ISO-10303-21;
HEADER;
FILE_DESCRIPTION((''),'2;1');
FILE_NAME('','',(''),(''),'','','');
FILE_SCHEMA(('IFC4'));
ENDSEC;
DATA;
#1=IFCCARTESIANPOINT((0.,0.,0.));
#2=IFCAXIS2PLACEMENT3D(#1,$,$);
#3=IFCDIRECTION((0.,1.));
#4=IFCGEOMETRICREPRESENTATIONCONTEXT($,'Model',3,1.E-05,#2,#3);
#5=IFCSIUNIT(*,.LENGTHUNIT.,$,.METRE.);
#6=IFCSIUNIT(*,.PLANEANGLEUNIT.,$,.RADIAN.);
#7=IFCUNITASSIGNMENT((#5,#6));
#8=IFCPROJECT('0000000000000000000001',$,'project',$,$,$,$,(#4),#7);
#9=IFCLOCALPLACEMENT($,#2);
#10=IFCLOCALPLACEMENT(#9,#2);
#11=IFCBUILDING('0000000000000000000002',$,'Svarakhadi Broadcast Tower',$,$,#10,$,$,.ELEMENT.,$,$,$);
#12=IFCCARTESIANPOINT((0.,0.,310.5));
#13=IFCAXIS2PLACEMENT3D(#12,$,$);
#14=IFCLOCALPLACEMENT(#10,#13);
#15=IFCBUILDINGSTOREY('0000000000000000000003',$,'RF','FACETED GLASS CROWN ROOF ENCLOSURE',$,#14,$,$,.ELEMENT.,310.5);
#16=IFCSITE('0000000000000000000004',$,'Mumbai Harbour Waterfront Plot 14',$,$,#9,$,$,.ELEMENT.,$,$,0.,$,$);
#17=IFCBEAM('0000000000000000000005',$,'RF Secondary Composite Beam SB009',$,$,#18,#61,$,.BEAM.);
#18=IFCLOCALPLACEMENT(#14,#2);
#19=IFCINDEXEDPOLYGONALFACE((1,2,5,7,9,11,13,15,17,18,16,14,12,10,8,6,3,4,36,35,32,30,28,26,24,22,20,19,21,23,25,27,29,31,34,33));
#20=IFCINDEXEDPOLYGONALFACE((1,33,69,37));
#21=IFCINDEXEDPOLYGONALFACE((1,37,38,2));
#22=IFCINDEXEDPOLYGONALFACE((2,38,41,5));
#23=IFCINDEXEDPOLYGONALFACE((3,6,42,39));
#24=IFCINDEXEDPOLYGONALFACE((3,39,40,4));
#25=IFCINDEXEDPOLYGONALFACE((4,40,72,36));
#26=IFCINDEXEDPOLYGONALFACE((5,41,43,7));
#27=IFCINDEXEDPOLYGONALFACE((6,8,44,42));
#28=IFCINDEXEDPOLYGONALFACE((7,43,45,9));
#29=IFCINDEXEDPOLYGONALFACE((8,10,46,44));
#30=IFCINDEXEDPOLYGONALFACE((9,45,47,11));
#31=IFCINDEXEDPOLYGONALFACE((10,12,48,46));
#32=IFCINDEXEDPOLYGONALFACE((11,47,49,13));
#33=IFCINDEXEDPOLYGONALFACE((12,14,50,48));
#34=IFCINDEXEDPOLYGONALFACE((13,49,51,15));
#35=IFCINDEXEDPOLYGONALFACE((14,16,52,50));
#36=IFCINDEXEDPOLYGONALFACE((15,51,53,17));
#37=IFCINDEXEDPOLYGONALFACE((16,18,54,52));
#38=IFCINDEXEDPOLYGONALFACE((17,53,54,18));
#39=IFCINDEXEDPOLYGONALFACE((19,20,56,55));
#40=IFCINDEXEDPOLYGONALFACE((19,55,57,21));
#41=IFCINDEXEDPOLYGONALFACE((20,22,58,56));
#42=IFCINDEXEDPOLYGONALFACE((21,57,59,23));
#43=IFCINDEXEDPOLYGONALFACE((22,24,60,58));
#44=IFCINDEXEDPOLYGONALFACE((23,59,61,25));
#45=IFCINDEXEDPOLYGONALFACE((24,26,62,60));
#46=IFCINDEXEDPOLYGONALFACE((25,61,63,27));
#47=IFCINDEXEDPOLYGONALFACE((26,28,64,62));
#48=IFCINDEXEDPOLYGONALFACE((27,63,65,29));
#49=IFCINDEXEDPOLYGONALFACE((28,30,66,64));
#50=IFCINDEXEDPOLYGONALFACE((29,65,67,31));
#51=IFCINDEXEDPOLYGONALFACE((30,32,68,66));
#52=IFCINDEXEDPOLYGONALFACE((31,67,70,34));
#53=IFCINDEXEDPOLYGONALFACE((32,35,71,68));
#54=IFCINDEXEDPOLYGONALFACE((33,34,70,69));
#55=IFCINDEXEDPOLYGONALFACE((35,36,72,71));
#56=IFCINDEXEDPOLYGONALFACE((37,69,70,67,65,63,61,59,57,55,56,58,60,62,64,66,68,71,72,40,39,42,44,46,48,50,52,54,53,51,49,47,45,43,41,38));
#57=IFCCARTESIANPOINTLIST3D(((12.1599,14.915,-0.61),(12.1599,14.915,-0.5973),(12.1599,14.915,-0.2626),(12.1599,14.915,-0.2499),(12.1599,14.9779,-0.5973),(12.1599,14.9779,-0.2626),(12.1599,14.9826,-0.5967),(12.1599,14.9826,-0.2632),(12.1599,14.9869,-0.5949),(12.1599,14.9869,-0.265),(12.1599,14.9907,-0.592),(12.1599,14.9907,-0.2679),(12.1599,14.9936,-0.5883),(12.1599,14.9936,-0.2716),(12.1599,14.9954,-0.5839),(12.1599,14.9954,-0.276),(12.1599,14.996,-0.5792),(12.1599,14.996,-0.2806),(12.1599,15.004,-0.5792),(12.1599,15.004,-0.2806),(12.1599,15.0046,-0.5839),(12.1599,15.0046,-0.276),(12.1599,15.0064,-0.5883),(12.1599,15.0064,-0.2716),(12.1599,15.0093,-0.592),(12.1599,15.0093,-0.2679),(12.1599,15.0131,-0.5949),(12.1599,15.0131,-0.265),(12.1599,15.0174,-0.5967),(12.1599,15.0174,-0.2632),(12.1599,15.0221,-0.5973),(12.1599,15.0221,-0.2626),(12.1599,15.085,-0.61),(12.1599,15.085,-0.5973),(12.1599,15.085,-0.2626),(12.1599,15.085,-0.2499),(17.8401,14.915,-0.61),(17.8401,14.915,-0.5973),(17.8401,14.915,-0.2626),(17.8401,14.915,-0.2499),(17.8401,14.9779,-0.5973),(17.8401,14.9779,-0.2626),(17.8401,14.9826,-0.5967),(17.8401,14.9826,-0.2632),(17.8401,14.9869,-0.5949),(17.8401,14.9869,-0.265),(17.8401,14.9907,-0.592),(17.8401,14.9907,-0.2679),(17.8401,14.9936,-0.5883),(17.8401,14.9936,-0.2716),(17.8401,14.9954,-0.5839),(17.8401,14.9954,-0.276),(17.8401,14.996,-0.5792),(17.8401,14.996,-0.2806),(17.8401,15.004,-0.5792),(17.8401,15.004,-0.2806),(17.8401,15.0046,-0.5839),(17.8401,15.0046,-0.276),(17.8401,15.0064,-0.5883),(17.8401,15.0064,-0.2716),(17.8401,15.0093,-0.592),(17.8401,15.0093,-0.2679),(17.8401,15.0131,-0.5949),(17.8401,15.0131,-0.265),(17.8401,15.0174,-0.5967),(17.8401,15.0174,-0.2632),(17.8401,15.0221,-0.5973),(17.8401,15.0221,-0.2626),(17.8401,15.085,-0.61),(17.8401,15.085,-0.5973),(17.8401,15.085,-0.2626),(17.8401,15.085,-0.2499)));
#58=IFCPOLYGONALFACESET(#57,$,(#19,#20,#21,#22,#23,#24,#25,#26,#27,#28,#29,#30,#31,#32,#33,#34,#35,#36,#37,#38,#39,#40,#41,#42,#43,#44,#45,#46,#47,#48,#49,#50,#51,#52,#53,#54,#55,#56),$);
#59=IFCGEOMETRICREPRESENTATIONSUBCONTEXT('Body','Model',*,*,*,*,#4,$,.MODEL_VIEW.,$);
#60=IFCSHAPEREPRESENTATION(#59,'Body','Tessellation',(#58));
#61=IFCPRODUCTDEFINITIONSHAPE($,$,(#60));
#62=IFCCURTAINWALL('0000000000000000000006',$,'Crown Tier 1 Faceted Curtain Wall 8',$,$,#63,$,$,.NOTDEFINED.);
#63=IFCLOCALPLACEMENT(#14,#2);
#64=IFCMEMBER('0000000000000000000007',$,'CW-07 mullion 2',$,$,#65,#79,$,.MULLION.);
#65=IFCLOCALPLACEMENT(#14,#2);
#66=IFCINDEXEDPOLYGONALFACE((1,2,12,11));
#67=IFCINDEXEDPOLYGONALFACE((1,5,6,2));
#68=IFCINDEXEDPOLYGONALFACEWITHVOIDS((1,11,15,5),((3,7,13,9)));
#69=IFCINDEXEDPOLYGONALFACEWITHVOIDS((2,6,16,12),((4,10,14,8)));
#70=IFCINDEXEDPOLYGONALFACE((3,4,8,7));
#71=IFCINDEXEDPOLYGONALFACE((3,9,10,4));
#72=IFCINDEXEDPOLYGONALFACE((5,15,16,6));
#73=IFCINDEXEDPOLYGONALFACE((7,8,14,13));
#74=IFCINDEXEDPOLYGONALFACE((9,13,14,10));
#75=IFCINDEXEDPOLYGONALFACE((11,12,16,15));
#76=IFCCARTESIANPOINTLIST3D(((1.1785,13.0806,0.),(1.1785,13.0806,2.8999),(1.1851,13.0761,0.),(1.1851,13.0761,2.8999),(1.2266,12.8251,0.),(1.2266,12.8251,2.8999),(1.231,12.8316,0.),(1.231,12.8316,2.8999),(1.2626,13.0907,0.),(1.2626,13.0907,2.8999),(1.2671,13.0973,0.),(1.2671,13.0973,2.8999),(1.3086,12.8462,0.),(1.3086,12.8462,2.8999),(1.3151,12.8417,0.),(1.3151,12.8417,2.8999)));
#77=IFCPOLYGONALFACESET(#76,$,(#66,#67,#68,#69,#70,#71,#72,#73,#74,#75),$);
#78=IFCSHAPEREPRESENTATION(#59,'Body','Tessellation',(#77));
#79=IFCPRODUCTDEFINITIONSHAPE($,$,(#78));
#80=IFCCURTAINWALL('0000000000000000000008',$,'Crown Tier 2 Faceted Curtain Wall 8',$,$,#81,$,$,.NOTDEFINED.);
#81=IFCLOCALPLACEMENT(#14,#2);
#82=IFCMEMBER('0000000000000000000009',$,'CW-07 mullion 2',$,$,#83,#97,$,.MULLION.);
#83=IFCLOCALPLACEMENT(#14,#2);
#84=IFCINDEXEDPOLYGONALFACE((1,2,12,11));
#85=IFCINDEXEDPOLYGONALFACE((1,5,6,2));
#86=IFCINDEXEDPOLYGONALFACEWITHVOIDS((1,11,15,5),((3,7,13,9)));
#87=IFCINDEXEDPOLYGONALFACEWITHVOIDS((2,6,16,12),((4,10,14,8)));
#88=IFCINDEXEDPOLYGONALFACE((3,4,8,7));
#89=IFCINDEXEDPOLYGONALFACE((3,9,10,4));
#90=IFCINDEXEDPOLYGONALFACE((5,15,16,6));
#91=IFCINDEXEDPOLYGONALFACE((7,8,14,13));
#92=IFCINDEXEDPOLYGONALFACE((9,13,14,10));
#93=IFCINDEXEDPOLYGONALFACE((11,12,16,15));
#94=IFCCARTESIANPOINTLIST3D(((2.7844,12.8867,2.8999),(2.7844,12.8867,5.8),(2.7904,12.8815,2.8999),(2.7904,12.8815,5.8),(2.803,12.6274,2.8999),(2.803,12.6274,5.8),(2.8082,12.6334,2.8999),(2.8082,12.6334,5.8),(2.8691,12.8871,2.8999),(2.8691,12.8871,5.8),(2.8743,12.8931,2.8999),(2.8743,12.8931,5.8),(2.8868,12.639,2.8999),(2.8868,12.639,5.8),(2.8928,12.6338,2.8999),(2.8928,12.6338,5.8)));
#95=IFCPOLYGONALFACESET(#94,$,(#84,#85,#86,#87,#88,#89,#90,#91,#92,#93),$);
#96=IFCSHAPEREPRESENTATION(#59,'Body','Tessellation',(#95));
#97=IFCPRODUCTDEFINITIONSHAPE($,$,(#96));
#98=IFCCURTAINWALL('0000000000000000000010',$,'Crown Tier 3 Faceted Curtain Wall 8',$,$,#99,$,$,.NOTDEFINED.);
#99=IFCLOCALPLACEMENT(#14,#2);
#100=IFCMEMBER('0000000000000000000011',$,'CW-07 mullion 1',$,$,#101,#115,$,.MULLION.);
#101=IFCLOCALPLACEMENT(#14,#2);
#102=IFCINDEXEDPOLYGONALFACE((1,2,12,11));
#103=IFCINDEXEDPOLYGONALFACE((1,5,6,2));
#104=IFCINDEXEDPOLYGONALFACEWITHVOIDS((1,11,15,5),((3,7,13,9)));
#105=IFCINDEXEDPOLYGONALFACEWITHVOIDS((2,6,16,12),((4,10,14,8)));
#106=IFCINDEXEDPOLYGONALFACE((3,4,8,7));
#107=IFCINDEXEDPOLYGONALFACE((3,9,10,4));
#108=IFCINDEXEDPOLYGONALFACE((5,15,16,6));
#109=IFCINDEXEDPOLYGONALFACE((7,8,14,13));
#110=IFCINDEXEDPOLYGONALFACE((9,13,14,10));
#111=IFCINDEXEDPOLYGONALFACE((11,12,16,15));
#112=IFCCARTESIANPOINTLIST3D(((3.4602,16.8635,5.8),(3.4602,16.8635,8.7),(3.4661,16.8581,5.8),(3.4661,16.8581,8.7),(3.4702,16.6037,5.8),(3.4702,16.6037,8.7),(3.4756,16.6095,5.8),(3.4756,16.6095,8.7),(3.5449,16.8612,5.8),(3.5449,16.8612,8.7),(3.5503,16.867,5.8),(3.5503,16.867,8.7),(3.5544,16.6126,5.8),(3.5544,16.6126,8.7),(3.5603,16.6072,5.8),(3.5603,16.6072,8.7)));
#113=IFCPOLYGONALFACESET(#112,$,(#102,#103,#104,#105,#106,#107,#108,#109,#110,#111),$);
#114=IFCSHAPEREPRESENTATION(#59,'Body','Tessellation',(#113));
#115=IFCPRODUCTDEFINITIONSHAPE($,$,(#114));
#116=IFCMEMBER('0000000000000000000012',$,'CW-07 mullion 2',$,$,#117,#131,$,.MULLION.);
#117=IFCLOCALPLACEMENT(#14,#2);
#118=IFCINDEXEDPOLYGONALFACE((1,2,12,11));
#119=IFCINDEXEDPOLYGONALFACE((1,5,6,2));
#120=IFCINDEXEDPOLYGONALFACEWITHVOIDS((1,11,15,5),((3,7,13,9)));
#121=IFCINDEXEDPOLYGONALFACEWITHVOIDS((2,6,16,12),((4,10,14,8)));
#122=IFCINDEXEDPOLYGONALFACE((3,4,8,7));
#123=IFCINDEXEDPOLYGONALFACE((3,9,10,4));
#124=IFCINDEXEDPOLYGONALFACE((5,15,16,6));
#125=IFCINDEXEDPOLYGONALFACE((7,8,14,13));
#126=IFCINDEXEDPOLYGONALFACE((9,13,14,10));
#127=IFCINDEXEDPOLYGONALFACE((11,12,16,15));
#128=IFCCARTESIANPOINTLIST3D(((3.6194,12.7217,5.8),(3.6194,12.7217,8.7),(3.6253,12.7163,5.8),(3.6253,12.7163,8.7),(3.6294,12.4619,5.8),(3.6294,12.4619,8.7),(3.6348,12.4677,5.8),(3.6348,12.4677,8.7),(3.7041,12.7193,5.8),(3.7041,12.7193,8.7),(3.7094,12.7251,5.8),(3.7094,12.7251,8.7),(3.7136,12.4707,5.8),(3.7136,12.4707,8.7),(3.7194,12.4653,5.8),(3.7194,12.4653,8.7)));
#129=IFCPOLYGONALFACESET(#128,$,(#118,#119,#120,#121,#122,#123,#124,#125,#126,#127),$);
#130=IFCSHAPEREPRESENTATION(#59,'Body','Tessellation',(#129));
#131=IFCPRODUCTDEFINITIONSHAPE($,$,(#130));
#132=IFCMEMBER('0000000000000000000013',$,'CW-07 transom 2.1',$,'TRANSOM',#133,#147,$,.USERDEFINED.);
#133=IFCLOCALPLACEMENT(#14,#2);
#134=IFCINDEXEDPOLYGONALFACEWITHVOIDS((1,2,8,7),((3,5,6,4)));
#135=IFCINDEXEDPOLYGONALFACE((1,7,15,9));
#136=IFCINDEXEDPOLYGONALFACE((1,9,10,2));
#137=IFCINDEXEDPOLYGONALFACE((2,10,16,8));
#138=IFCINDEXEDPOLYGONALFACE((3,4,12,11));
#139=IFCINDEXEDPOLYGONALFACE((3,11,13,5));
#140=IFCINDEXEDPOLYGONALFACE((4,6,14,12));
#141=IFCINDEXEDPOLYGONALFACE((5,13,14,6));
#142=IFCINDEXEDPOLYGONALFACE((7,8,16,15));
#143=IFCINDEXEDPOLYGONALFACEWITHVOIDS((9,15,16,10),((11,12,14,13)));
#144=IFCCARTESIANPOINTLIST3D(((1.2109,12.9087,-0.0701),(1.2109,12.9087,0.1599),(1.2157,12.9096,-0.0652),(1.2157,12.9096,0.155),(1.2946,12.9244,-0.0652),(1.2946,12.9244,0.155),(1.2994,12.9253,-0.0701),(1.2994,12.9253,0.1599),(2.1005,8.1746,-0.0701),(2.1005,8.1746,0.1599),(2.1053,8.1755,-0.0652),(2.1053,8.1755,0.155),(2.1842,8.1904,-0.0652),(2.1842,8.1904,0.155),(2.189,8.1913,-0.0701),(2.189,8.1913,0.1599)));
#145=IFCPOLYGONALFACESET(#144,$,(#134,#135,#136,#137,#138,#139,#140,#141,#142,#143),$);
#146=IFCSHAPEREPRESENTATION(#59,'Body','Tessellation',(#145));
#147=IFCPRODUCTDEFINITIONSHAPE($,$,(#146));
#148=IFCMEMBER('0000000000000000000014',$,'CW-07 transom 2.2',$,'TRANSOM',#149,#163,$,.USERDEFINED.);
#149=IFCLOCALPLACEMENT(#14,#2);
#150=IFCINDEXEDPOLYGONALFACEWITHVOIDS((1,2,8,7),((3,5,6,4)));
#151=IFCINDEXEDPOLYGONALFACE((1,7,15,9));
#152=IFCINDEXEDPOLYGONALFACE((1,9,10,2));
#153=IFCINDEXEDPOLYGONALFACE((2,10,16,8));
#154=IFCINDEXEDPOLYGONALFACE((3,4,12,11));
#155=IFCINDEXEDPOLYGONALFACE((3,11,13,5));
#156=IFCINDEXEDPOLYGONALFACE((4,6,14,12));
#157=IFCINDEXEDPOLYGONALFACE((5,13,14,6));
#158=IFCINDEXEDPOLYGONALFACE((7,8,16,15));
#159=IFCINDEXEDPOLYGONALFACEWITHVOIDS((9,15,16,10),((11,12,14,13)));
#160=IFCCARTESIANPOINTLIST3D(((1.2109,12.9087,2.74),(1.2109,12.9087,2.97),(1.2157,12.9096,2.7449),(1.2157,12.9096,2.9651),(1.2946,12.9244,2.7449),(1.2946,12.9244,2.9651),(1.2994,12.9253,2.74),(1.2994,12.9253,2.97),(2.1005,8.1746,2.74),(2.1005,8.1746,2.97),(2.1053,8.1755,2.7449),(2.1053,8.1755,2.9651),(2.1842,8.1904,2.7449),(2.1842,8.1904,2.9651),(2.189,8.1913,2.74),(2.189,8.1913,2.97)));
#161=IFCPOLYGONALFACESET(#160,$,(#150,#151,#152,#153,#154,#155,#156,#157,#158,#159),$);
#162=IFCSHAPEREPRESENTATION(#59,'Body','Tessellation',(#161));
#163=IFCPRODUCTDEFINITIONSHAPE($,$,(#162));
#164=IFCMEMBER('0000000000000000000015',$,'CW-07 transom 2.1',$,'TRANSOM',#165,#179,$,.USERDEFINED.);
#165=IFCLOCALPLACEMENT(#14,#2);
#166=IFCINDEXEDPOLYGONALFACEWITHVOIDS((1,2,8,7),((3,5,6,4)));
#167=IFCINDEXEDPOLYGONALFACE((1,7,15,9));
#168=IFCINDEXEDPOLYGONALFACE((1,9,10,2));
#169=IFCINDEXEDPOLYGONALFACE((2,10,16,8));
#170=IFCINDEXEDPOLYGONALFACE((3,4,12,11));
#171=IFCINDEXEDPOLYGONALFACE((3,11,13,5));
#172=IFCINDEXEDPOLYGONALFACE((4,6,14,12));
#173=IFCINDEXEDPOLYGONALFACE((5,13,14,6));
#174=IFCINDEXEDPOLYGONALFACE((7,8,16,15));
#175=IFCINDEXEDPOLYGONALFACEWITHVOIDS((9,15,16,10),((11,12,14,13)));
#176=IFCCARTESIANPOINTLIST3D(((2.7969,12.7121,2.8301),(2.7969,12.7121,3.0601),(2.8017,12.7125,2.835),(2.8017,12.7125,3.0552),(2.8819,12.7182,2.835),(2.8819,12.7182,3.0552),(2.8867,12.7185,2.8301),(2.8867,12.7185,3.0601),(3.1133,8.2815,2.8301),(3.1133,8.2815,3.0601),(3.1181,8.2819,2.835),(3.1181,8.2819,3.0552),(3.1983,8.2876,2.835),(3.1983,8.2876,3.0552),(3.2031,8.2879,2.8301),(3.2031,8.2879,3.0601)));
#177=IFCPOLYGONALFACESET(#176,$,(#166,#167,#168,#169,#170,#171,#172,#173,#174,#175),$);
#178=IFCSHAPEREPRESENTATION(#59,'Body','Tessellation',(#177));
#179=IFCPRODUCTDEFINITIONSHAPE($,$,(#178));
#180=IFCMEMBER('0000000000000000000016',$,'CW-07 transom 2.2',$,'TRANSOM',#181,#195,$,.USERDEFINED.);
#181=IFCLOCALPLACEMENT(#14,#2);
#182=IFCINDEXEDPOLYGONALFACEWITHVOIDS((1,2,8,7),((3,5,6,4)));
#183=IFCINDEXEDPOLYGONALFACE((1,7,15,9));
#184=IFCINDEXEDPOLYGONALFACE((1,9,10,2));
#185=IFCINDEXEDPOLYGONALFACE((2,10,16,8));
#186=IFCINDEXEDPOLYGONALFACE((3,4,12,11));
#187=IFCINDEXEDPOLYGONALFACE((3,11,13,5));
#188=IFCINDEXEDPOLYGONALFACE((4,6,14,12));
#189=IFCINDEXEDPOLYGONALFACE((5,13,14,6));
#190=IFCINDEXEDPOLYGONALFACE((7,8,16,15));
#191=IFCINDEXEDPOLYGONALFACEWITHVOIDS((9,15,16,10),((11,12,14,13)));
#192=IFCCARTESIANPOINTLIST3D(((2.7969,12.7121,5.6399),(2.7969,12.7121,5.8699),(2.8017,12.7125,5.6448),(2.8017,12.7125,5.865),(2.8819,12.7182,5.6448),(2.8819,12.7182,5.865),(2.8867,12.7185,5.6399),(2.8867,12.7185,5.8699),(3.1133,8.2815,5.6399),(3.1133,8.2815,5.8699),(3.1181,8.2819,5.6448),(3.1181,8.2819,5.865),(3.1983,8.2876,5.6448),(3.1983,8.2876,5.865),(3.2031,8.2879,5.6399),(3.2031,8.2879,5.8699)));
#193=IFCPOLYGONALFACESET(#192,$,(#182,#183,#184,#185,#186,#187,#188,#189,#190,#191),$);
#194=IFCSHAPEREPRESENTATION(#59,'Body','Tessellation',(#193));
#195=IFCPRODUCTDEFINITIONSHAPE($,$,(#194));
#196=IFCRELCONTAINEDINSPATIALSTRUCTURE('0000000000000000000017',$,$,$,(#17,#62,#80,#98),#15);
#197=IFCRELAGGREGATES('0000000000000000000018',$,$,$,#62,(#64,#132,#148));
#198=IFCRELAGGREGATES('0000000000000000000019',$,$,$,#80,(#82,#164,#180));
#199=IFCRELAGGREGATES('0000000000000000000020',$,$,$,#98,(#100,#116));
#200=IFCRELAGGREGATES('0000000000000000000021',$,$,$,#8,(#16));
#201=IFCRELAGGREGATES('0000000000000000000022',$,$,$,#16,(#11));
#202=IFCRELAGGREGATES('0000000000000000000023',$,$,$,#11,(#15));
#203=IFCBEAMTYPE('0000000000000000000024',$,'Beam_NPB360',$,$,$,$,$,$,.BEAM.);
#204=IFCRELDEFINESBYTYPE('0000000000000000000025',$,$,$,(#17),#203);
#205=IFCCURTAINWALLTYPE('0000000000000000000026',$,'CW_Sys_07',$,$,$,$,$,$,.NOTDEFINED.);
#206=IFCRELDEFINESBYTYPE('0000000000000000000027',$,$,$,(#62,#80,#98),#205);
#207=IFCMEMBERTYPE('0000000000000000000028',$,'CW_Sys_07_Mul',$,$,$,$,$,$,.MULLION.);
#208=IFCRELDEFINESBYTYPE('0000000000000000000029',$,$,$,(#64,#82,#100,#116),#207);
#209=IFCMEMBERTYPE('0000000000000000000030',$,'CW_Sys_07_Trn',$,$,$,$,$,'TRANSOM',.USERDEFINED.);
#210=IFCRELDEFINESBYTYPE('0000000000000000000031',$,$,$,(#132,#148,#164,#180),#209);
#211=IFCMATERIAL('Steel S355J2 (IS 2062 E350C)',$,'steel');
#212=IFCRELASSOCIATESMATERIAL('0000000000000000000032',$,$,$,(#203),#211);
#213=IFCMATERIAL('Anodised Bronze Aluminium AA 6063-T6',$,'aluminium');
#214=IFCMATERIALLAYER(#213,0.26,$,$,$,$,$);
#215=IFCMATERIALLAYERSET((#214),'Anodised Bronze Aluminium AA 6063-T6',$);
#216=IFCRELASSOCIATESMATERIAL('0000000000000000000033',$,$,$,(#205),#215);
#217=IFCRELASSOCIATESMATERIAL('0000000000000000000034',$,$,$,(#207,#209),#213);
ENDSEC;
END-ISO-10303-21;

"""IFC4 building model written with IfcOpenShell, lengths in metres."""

from ifc_helpers import new_model, si_unit, direction, frame, origin, origin_2d, place, context, subcontext, project, spatial, hollow_rectangle, i_section, extrude, material, layer, layer_set, material_profile, profile_set, type_object, element, aggregate, save


model = new_model("IFC4")

# Units and contexts
model_context = context("Model", 3, precision=1e-05, world=origin(), true_north=direction((0.0, 1.0)))
body_context = subcontext(model_context, "Body", "Model", "MODEL_VIEW")
ifc_project = project(units=[si_unit("LENGTHUNIT", "METRE"), si_unit("PLANEANGLEUNIT", "RADIAN")], contexts=[model_context])

# Site, building, storey
site_placement = place(None, origin())
site = spatial("IfcSite", under=ifc_project, at=site_placement, Name="Mumbai Harbour Waterfront Plot 14", CompositionType="ELEMENT", RefElevation=0.0)
building_placement = place(site_placement, origin())
building = spatial("IfcBuilding", under=site, at=building_placement, Name="Svarakhadi Broadcast Tower", CompositionType="ELEMENT")
storey_placement = place(building_placement, frame((0.0, 0.0, 310.5)))
storey = spatial("IfcBuildingStorey", under=building, at=storey_placement, Name="RF", Description="FACETED GLASS CROWN ROOF ENCLOSURE", CompositionType="ELEMENT", Elevation=310.5)

# Beam
ifc_material_1 = material(Name="Steel S355J2 (IS 2062 E350C)", Category="steel")
ifc_material_profile_1 = material_profile(ifc_material_1, i_section(OverallWidth=0.1699, OverallDepth=0.3601, WebThickness=0.0081, FlangeThickness=0.0127, FilletRadius=0.0181, at=origin_2d()), Name="NPB 360x170x57")
ifc_profile_set_1 = profile_set([ifc_material_profile_1], Name="Steel S355J2 (IS 2062 E350C)")
beam_type_1 = type_object("IfcBeamType", Name="Beam_NPB360", PredefinedType="BEAM", material=ifc_profile_set_1)
for number, where, z_axis, x_axis, name in (
    (1, (12.1599, 15.0, -0.4299), (1.0, 0.0, 0.0), (0.0, 1.0, 0.0), "RF Secondary Composite Beam SB009"),
):
    element("IfcBeam", number, at=place(storey_placement, frame(where, z_axis=z_axis, x_axis=x_axis)), inside=storey, type_object=beam_type_1, Name=name, PredefinedType="BEAM", context=body_context, shape_type="SweptSolid", body=[
        extrude(i_section(OverallWidth=0.1699, OverallDepth=0.3601, WebThickness=0.0081, FlangeThickness=0.0127, FilletRadius=0.0181, at=origin_2d()), origin(), (0.0, 0.0, 1.0), 5.6802),
    ])

# Curtain walls, members
ifc_material_2 = material(Name="Anodised Bronze Aluminium AA 6063-T6", Category="aluminium")
ifc_layer_1 = layer(ifc_material_2, 0.26)
ifc_layer_set_1 = layer_set([ifc_layer_1], Name="Anodised Bronze Aluminium AA 6063-T6")
curtain_wall_type = type_object("IfcCurtainWallType", Name="CW_Sys_07", PredefinedType="NOTDEFINED", material=ifc_layer_set_1)
curtain_wall_1_placement = place(storey_placement, origin())
curtain_wall_1 = element("IfcCurtainWall", 2, at=curtain_wall_1_placement, inside=storey, type_object=curtain_wall_type, Name="Crown Tier 1 Faceted Curtain Wall 8", PredefinedType="NOTDEFINED")
ifc_material_profile_2 = material_profile(ifc_material_2, hollow_rectangle(XDim=0.0901, YDim=0.26, WallThickness=0.0056, at=origin_2d()), Name="ALU MULLION 260x90x6")
ifc_profile_set_2 = profile_set([ifc_material_profile_2], Name="Anodised Bronze Aluminium AA 6063-T6")
member_type_1 = type_object("IfcMemberType", Name="CW_Sys_07_Mul", PredefinedType="MULLION", material=ifc_profile_set_2)
member_1_placement = place(storey_placement, frame((1.2468, 12.9612, 0.0), z_axis=(0.0, 0.0, 1.0), x_axis=(0.982797, 0.18469, 0.0)))
member_1 = element("IfcMember", 3, at=member_1_placement, type_object=member_type_1, Name="CW-07 mullion 2", PredefinedType="MULLION", context=body_context, shape_type="SweptSolid", body=[
    extrude(hollow_rectangle(XDim=0.0901, YDim=0.26, WallThickness=0.0056, at=origin_2d()), origin(), (0.0, 0.0, 1.0), 2.8999),
])
curtain_wall_2_placement = place(storey_placement, origin())
curtain_wall_2 = element("IfcCurtainWall", 4, at=curtain_wall_2_placement, inside=storey, type_object=curtain_wall_type, Name="Crown Tier 2 Faceted Curtain Wall 8", PredefinedType="NOTDEFINED")
member_2_placement = place(storey_placement, frame((2.8386, 12.7603, 2.8999), z_axis=(0.0, 0.0, 1.0), x_axis=(0.997459, 0.071243, 0.0)))
member_2 = element("IfcMember", 5, at=member_2_placement, type_object=member_type_1, Name="CW-07 mullion 2", PredefinedType="MULLION", context=body_context, shape_type="SweptSolid", body=[
    extrude(hollow_rectangle(XDim=0.0901, YDim=0.26, WallThickness=0.0056, at=origin_2d()), origin(), (0.0, 0.0, 1.0), 2.9001),
])

# Curtain wall, members
curtain_wall_3_placement = place(storey_placement, origin())
curtain_wall_3 = element("IfcCurtainWall", 6, at=curtain_wall_3_placement, inside=storey, type_object=curtain_wall_type, Name="Crown Tier 3 Faceted Curtain Wall 8", PredefinedType="NOTDEFINED")
member_3_placement = place(storey_placement, frame((3.5103, 16.7354, 5.8), z_axis=(0.0, 0.0, 1.0), x_axis=(0.999261, 0.038426, 0.0)))
member_3 = element("IfcMember", 7, at=member_3_placement, type_object=member_type_1, Name="CW-07 mullion 1", PredefinedType="MULLION", context=body_context, shape_type="SweptSolid", body=[
    extrude(hollow_rectangle(XDim=0.0901, YDim=0.26, WallThickness=0.0056, at=origin_2d()), origin(), (0.0, 0.0, 1.0), 2.8999),
])
member_4_placement = place(storey_placement, frame((3.6694, 12.5935, 5.8), z_axis=(0.0, 0.0, 1.0), x_axis=(0.999261, 0.038426, 0.0)))
member_4 = element("IfcMember", 8, at=member_4_placement, type_object=member_type_1, Name="CW-07 mullion 2", PredefinedType="MULLION", context=body_context, shape_type="SweptSolid", body=[
    extrude(hollow_rectangle(XDim=0.0901, YDim=0.26, WallThickness=0.0056, at=origin_2d()), origin(), (0.0, 0.0, 1.0), 2.8999),
])

# Members
ifc_material_profile_3 = material_profile(ifc_material_2, hollow_rectangle(XDim=0.0901, YDim=0.23, WallThickness=0.0049, at=origin_2d()), Name="ALU TRANSOM 230x90x5")
ifc_profile_set_3 = profile_set([ifc_material_profile_3], Name="Anodised Bronze Aluminium AA 6063-T6")
member_type_2 = type_object("IfcMemberType", Name="CW_Sys_07_Trn", ElementType="TRANSOM", PredefinedType="USERDEFINED", material=ifc_profile_set_3)
member_5_placement = place(storey_placement, frame((1.2551, 12.917, 0.0449), z_axis=(0.184689, -0.982797, 0.0), x_axis=(0.982797, 0.184689, 0.0)))
member_5 = element("IfcMember", 9, at=member_5_placement, type_object=member_type_2, Name="CW-07 transom 2.1", ObjectType="TRANSOM", PredefinedType="USERDEFINED", context=body_context, shape_type="SweptSolid", body=[
    extrude(hollow_rectangle(XDim=0.0901, YDim=0.23, WallThickness=0.0049, at=origin_2d()), origin(), (0.0, 0.0, 1.0), 4.8169),
])
member_6_placement = place(storey_placement, frame((1.2551, 12.917, 2.855), z_axis=(0.184689, -0.982797, 0.0), x_axis=(0.982797, 0.184689, 0.0)))
member_6 = element("IfcMember", 10, at=member_6_placement, type_object=member_type_2, Name="CW-07 transom 2.2", ObjectType="TRANSOM", PredefinedType="USERDEFINED", context=body_context, shape_type="SweptSolid", body=[
    extrude(hollow_rectangle(XDim=0.0901, YDim=0.23, WallThickness=0.0049, at=origin_2d()), origin(), (0.0, 0.0, 1.0), 4.8169),
])
member_7_placement = place(storey_placement, frame((2.8418, 12.7153, 2.9451), z_axis=(0.071231, -0.99746, 0.0), x_axis=(0.99746, 0.071231, 0.0)))
member_7 = element("IfcMember", 11, at=member_7_placement, type_object=member_type_2, Name="CW-07 transom 2.1", ObjectType="TRANSOM", PredefinedType="USERDEFINED", context=body_context, shape_type="SweptSolid", body=[
    extrude(hollow_rectangle(XDim=0.0901, YDim=0.23, WallThickness=0.0049, at=origin_2d()), origin(), (0.0, 0.0, 1.0), 4.4419),
])
member_8_placement = place(storey_placement, frame((2.8418, 12.7153, 5.7549), z_axis=(0.071231, -0.99746, 0.0), x_axis=(0.99746, 0.071231, 0.0)))
member_8 = element("IfcMember", 12, at=member_8_placement, type_object=member_type_2, Name="CW-07 transom 2.2", ObjectType="TRANSOM", PredefinedType="USERDEFINED", context=body_context, shape_type="SweptSolid", body=[
    extrude(hollow_rectangle(XDim=0.0901, YDim=0.23, WallThickness=0.0049, at=origin_2d()), origin(), (0.0, 0.0, 1.0), 4.4419),
])

aggregate(curtain_wall_1, [member_1, member_5, member_6])
aggregate(curtain_wall_2, [member_2, member_7, member_8])
aggregate(curtain_wall_3, [member_3, member_4])

save(model, "model.ifc")
